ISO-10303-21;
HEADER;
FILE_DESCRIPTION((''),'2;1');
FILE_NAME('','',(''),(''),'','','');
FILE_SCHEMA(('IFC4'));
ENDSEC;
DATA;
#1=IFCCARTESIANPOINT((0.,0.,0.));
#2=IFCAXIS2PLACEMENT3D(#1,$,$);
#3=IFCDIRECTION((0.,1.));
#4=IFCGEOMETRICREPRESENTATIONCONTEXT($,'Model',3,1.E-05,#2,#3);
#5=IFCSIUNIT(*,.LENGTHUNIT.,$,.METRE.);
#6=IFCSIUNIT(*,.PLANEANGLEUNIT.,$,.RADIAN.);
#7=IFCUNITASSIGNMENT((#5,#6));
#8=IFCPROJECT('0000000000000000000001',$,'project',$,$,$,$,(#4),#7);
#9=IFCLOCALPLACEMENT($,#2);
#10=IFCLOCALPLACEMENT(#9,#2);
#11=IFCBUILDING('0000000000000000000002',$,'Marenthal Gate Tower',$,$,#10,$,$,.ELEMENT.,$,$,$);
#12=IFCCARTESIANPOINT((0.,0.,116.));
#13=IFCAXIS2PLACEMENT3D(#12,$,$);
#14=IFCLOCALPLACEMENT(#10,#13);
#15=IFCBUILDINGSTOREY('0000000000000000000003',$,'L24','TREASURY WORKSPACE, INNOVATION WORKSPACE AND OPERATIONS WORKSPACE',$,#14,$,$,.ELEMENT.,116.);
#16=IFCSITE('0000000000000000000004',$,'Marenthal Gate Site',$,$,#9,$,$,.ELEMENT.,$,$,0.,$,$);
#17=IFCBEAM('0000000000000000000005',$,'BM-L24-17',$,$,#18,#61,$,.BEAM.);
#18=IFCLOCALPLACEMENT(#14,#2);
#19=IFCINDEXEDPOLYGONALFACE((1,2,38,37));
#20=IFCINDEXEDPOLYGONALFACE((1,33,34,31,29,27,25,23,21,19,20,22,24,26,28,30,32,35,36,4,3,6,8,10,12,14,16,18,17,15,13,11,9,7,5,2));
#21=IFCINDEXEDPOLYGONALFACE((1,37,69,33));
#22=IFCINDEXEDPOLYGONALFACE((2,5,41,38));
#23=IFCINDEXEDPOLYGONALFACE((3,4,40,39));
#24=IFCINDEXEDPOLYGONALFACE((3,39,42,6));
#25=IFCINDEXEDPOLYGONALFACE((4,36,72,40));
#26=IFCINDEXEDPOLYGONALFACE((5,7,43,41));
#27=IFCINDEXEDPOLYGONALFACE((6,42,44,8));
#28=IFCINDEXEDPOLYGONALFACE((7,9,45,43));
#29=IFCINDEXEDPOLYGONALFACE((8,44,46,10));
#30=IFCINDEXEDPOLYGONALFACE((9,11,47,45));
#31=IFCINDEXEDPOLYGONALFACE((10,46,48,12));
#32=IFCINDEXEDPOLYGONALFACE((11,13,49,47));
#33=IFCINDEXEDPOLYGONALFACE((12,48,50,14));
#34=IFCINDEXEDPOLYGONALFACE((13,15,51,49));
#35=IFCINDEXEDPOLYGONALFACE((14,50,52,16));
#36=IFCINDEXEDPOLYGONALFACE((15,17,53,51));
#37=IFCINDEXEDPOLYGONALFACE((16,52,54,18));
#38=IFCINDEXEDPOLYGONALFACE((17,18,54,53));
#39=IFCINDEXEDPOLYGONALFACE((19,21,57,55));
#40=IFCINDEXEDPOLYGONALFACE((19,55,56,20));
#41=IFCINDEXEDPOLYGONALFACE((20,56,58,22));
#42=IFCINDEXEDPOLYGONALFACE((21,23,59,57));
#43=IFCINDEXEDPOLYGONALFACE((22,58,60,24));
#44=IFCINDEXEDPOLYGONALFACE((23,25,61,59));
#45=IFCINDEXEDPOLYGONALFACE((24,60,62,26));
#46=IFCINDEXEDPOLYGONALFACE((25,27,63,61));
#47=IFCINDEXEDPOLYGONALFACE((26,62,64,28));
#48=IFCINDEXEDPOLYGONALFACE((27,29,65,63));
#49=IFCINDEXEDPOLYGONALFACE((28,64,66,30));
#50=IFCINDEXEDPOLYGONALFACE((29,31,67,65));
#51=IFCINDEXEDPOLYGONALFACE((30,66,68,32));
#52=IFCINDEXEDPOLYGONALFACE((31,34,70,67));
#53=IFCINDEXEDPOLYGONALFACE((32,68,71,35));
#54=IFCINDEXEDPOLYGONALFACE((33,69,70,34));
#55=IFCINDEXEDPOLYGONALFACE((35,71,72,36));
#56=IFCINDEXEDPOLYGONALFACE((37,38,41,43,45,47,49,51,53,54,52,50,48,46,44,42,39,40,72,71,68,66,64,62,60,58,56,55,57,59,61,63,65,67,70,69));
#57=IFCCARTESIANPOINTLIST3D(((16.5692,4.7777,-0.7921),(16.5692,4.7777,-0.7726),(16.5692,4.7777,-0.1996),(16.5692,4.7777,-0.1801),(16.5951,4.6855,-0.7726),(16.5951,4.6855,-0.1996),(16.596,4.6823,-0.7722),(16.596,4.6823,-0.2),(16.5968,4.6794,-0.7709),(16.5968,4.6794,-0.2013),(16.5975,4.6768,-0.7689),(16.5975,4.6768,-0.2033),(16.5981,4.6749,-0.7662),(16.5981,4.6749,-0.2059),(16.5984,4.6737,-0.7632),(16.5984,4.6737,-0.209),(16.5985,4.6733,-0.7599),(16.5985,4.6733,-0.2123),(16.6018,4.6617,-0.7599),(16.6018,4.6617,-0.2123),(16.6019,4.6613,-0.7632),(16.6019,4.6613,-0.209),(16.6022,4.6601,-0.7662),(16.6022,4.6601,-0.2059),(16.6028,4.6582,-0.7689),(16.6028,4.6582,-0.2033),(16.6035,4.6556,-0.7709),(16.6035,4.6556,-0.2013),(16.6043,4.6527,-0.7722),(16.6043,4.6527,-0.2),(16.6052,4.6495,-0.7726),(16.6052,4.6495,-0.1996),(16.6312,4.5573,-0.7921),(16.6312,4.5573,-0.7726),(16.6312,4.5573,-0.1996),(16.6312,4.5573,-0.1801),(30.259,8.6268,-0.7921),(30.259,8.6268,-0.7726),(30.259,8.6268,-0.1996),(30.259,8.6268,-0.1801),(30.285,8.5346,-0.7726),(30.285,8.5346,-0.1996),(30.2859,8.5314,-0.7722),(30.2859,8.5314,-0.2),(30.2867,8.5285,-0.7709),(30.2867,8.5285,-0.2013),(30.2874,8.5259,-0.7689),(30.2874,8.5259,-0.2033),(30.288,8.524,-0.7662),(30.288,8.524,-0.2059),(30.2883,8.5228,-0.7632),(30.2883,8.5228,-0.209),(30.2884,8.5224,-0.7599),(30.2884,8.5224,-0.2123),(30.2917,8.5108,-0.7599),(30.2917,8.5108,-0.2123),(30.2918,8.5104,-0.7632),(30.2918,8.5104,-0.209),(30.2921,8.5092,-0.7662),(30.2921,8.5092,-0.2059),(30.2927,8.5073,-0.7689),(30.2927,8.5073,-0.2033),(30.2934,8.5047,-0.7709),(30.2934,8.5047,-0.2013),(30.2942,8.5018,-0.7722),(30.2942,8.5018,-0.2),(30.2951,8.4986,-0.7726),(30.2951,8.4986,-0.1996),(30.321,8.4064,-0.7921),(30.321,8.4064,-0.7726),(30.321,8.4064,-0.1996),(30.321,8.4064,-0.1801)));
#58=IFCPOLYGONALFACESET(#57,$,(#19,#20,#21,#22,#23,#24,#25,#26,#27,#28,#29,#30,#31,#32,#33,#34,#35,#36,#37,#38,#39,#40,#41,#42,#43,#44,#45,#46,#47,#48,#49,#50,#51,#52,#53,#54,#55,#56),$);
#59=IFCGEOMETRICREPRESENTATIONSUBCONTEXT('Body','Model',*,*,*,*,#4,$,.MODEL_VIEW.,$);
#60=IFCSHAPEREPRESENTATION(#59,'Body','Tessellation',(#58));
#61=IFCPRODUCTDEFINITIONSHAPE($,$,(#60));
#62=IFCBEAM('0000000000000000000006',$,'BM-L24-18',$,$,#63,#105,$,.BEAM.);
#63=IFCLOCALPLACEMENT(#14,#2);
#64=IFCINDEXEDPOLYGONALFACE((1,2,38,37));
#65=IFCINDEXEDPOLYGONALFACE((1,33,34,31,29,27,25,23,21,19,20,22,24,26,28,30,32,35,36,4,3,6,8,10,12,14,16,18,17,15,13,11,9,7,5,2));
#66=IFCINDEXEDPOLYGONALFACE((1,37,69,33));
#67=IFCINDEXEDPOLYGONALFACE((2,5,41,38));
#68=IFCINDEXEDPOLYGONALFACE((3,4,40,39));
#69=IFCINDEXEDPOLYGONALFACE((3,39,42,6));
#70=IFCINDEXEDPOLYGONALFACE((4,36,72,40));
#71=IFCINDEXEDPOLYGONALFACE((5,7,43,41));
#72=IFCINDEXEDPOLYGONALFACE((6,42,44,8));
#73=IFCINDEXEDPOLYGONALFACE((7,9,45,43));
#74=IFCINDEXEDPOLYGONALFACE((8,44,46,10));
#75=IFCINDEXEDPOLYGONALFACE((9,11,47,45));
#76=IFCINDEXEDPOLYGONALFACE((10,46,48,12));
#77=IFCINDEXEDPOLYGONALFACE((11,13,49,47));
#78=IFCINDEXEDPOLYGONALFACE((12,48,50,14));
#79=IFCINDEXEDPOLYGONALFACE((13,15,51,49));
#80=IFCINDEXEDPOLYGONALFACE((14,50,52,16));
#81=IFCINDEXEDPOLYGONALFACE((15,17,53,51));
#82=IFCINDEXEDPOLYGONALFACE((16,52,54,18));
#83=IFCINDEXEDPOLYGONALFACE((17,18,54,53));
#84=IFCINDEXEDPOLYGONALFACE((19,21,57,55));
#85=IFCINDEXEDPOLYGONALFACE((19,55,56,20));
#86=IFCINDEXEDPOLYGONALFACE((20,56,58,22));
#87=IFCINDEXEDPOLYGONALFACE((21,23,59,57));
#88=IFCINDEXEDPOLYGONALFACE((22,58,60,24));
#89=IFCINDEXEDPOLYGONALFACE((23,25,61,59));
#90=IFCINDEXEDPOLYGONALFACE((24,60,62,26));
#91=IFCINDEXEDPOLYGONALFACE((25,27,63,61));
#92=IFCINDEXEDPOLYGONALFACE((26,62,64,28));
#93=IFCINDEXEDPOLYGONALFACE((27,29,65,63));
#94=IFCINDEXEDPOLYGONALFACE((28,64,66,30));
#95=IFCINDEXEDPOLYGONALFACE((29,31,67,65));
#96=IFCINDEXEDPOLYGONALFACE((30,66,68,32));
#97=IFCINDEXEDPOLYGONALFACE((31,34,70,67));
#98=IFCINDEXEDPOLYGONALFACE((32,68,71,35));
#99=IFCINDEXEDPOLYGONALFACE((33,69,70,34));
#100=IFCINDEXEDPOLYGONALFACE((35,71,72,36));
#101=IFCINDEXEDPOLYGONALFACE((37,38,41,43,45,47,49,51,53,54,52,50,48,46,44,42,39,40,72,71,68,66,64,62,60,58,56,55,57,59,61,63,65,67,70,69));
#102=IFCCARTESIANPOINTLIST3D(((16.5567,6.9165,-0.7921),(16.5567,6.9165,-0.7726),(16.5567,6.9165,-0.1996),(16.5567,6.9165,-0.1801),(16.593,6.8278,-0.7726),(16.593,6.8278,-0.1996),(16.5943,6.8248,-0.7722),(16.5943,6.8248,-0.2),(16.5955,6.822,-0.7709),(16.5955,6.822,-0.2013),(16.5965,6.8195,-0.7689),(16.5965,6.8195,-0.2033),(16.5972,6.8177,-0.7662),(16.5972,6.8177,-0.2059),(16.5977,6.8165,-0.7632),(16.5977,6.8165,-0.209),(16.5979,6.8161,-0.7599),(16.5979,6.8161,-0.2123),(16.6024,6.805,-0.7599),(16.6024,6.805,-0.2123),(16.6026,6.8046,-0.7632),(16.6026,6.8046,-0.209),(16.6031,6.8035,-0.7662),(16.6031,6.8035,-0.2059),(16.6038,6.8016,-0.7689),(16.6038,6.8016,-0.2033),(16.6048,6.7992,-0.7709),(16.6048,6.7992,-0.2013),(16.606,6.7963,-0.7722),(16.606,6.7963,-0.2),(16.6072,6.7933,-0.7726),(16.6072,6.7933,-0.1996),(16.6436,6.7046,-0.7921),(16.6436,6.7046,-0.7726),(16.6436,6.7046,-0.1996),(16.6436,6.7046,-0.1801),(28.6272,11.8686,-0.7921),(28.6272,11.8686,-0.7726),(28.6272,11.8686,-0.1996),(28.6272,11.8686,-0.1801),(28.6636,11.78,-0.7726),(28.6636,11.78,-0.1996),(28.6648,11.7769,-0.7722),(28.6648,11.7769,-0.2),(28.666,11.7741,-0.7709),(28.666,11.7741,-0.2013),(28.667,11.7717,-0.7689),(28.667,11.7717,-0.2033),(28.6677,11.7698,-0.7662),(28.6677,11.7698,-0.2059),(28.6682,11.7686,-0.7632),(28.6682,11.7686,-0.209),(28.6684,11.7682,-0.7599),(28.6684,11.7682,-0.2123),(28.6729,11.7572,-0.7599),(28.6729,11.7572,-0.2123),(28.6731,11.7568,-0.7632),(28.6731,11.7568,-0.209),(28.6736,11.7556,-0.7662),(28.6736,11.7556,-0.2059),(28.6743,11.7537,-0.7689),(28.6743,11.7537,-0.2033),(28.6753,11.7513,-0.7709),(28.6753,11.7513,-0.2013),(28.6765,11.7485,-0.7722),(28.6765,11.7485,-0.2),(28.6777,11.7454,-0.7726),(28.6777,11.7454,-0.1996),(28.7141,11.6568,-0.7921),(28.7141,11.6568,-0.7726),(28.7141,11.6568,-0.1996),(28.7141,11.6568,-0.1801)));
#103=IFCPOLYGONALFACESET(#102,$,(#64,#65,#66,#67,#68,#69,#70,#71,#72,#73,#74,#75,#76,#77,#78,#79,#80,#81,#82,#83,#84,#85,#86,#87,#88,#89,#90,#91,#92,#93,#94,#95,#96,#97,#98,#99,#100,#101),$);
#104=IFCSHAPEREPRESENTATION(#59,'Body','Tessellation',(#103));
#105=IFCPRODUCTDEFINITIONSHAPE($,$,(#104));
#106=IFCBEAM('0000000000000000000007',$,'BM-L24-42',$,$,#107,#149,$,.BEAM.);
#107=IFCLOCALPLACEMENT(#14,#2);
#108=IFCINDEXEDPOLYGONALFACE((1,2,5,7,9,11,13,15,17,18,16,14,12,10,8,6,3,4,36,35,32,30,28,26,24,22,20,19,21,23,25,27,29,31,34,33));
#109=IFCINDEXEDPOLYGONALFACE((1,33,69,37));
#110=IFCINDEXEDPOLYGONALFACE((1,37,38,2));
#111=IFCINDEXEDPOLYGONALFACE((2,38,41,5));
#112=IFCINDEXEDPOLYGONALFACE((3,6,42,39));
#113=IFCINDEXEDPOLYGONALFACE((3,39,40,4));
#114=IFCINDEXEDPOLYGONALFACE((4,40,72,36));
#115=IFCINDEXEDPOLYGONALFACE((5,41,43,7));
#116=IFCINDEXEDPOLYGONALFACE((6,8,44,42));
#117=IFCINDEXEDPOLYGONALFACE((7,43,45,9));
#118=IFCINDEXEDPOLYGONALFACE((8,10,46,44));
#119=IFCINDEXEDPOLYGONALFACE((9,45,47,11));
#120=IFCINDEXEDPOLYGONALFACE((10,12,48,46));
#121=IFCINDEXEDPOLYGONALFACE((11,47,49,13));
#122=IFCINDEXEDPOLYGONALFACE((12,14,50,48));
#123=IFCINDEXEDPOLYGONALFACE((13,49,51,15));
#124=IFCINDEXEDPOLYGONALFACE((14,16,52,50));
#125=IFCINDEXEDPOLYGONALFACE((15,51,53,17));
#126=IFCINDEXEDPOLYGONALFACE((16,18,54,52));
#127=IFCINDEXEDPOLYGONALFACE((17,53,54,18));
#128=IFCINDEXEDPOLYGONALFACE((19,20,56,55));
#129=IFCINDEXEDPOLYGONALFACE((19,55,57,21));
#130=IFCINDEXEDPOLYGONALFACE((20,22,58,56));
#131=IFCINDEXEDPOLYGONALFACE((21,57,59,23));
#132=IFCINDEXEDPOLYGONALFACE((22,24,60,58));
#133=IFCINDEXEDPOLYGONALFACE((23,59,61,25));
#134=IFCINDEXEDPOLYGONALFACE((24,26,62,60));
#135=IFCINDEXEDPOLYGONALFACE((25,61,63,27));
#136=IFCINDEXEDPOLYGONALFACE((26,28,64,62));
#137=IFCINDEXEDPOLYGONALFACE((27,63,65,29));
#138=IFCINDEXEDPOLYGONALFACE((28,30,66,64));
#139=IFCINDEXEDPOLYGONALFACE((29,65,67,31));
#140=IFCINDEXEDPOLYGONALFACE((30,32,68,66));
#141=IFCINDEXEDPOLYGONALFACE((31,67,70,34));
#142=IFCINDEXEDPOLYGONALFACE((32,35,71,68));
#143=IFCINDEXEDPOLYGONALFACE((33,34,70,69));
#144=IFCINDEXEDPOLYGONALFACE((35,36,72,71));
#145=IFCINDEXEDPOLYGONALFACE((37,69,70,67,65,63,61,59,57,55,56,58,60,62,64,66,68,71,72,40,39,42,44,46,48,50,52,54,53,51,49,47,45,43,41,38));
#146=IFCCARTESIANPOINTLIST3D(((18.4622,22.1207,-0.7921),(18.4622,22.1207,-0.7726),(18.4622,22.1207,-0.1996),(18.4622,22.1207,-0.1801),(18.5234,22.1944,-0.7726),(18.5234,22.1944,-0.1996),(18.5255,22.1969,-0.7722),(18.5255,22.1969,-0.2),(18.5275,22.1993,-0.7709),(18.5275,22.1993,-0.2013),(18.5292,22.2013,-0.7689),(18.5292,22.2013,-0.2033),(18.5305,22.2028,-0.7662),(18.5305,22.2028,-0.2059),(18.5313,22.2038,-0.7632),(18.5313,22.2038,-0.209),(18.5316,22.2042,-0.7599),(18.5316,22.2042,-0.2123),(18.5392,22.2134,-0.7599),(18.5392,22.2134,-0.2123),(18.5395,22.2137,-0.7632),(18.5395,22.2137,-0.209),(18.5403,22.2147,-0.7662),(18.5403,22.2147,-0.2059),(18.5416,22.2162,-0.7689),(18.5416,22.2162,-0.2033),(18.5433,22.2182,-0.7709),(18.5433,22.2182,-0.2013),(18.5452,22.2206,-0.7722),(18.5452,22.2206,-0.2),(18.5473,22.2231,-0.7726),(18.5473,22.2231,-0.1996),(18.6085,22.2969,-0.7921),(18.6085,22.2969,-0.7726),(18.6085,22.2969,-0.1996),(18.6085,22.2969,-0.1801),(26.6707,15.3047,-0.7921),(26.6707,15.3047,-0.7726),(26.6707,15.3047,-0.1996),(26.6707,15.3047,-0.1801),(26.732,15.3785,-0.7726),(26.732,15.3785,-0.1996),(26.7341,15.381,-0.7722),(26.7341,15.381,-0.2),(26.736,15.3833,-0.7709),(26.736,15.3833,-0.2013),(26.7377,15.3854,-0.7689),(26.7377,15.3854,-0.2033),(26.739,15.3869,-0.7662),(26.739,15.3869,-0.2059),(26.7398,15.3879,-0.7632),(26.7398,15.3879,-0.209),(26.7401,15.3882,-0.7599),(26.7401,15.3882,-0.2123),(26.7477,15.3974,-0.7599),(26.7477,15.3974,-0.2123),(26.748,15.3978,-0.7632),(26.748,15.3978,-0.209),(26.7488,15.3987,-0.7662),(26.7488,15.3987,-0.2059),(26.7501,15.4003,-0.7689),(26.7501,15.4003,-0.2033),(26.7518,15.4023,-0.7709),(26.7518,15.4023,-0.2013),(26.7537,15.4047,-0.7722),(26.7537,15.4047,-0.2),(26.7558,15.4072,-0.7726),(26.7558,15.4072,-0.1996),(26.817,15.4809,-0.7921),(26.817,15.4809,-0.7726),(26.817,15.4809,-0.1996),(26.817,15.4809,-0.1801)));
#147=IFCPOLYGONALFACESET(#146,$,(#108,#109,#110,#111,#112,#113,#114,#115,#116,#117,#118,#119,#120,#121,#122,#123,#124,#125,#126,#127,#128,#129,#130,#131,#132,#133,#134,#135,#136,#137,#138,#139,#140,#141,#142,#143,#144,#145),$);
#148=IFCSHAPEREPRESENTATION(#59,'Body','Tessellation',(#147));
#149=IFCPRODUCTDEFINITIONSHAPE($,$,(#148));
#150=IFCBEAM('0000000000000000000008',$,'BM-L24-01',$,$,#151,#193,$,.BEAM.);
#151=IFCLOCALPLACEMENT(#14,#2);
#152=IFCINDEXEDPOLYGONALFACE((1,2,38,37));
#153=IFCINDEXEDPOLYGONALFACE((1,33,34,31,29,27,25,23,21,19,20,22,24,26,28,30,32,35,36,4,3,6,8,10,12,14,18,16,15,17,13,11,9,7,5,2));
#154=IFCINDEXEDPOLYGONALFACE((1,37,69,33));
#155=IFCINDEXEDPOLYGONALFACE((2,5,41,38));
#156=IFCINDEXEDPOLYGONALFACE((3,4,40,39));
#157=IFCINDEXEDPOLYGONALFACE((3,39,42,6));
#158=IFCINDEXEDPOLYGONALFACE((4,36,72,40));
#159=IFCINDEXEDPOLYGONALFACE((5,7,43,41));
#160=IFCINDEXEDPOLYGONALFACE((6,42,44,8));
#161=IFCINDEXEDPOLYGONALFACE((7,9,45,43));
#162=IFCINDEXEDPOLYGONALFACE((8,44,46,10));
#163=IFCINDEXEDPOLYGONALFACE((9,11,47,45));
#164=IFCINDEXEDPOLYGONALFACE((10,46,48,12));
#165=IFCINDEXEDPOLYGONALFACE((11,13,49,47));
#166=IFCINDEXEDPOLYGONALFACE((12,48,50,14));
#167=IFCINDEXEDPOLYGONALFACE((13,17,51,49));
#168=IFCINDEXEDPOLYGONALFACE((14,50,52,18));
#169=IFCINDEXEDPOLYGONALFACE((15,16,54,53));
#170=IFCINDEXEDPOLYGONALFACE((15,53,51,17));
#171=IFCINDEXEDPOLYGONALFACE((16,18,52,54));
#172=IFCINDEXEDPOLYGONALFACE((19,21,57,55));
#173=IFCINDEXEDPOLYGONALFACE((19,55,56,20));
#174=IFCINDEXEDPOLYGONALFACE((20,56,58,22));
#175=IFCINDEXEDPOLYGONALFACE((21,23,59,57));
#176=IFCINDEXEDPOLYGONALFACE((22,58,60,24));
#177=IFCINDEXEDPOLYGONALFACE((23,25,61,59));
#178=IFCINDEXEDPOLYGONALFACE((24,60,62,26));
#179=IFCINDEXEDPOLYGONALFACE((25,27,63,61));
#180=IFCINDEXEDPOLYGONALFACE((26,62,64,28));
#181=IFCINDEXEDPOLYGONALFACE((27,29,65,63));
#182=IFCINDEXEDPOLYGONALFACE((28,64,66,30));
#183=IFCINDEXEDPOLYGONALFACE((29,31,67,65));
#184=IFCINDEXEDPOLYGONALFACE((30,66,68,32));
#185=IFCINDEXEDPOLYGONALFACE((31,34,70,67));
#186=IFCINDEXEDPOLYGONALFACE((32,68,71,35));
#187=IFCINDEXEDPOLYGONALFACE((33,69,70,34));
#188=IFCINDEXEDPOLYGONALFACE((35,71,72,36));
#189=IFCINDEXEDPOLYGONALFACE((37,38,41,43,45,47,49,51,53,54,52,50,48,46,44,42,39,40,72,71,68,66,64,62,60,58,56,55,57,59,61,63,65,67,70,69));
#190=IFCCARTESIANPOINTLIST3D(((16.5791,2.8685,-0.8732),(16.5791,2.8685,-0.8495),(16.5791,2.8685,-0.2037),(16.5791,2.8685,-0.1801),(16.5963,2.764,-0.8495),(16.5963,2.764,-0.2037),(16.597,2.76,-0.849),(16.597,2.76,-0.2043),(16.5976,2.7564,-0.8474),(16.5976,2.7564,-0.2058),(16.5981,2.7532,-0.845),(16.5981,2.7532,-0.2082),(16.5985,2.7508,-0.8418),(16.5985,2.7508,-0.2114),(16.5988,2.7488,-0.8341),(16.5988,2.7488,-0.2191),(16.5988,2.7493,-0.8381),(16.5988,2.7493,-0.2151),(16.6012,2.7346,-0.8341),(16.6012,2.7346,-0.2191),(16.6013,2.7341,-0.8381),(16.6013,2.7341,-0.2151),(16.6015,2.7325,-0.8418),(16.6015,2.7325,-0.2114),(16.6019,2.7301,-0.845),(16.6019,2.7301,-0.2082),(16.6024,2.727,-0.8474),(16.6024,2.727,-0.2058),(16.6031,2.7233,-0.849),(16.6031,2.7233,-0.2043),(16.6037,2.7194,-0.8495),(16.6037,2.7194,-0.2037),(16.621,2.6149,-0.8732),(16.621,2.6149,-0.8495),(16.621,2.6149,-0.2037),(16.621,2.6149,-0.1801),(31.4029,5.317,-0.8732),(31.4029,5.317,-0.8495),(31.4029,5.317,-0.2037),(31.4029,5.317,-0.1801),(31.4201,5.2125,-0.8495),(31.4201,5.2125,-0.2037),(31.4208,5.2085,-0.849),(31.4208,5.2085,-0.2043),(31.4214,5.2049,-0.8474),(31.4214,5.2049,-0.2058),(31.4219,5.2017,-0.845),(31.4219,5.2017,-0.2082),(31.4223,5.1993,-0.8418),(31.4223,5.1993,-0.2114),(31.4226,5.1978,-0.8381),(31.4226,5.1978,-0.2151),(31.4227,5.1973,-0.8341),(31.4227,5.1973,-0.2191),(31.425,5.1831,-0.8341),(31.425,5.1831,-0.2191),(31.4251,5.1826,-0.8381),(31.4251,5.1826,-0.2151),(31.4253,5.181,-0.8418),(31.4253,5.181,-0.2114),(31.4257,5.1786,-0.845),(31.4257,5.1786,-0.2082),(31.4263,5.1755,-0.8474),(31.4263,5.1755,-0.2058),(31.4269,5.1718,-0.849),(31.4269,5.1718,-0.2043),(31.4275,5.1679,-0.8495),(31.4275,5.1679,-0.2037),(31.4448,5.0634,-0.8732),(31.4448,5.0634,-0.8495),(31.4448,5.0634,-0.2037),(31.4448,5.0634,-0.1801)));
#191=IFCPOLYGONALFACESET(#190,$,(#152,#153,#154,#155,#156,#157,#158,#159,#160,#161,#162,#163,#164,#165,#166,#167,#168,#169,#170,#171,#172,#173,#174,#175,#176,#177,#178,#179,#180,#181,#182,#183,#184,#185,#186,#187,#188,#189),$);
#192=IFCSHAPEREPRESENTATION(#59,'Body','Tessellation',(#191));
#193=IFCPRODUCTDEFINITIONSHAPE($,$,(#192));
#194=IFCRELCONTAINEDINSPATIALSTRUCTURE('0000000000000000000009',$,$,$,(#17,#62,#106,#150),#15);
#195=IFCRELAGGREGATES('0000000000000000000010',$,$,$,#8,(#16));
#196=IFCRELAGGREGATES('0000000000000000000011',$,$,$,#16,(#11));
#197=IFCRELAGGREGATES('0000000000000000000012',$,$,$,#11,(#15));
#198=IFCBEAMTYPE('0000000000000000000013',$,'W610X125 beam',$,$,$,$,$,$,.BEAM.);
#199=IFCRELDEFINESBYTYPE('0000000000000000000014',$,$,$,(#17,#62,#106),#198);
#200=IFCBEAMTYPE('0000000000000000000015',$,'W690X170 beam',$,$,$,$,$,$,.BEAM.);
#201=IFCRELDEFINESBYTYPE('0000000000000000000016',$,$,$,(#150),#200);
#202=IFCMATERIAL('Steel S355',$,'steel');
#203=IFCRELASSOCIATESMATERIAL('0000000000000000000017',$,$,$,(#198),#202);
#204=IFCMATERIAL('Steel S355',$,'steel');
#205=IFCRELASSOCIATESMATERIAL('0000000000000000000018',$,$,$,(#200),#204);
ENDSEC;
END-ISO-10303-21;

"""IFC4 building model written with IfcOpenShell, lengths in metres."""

from ifc_helpers import new_model, si_unit, direction, frame, origin, origin_2d, place, context, subcontext, project, spatial, i_section, extrude, material, material_profile, profile_set, type_object, element, save


model = new_model("IFC4")

# Units and contexts
model_context = context("Model", 3, precision=1e-05, world=origin(), true_north=direction((0.0, 1.0)))
body_context = subcontext(model_context, "Body", "Model", "MODEL_VIEW")
ifc_project = project(units=[si_unit("LENGTHUNIT", "METRE"), si_unit("PLANEANGLEUNIT", "RADIAN")], contexts=[model_context])

# Site, building, storey
site_placement = place(None, origin())
site = spatial("IfcSite", under=ifc_project, at=site_placement, Name="Marenthal Gate Site", CompositionType="ELEMENT", RefElevation=0.0)
building_placement = place(site_placement, origin())
building = spatial("IfcBuilding", under=site, at=building_placement, Name="Marenthal Gate Tower", CompositionType="ELEMENT")
storey_placement = place(building_placement, frame((0.0, 0.0, 116.0)))
storey = spatial("IfcBuildingStorey", under=building, at=storey_placement, Name="L24", Description="TREASURY WORKSPACE, INNOVATION WORKSPACE AND OPERATIONS WORKSPACE", CompositionType="ELEMENT", Elevation=116.0)

# Beams
ifc_material_1 = material(Name="Steel S355", Category="steel")
ifc_material_profile_1 = material_profile(ifc_material_1, i_section(OverallWidth=0.229, OverallDepth=0.6121, WebThickness=0.012, FlangeThickness=0.0195, FilletRadius=0.0127, at=origin_2d()), Name="W610X125")
ifc_profile_set_1 = profile_set([ifc_material_profile_1], Name="Steel S355")
beam_type_1 = type_object("IfcBeamType", Name="W610X125 beam", PredefinedType="BEAM", material=ifc_profile_set_1)
beam_1_placement = place(storey_placement, frame((30.29, 8.5166, -0.4861), z_axis=(-0.962672, -0.270669, 0.0), x_axis=(0.270669, -0.962672, 0.0)))
element("IfcBeam", 1, at=beam_1_placement, inside=storey, type_object=beam_type_1, Name="BM-L24-17", PredefinedType="BEAM", context=body_context, shape_type="SweptSolid", body=[
    extrude(i_section(OverallWidth=0.229, OverallDepth=0.6121, WebThickness=0.012, FlangeThickness=0.0195, FilletRadius=0.0127, at=origin_2d()), origin(), (0.0, 0.0, 1.0), 14.2207),
])
beam_2_placement = place(storey_placement, frame((28.6707, 11.7627, -0.4861), z_axis=(-0.925165, -0.379565, 0.0), x_axis=(0.379565, -0.925165, 0.0)))
element("IfcBeam", 2, at=beam_2_placement, inside=storey, type_object=beam_type_1, Name="BM-L24-18", PredefinedType="BEAM", context=body_context, shape_type="SweptSolid", body=[
    extrude(i_section(OverallWidth=0.229, OverallDepth=0.6121, WebThickness=0.012, FlangeThickness=0.0195, FilletRadius=0.0127, at=origin_2d()), origin(), (0.0, 0.0, 1.0), 13.0469),
])
beam_3_placement = place(storey_placement, frame((26.7439, 15.3928, -0.4861), z_axis=(-0.769349, 0.638828, 0.0), x_axis=(-0.638828, -0.769349, 0.0)))
element("IfcBeam", 3, at=beam_3_placement, inside=storey, type_object=beam_type_1, Name="BM-L24-42", PredefinedType="BEAM", context=body_context, shape_type="SweptSolid", body=[
    extrude(i_section(OverallWidth=0.229, OverallDepth=0.6121, WebThickness=0.012, FlangeThickness=0.0195, FilletRadius=0.0127, at=origin_2d()), origin(), (0.0, 0.0, 1.0), 10.6694),
])
ifc_material_2 = material(Name="Steel S355", Category="steel")
ifc_material_profile_2 = material_profile(ifc_material_2, i_section(OverallWidth=0.2571, OverallDepth=0.6931, WebThickness=0.0144, FlangeThickness=0.0237, FilletRadius=0.0154, at=origin_2d()), Name="W690X170")
ifc_profile_set_2 = profile_set([ifc_material_profile_2], Name="Steel S355")
beam_type_2 = type_object("IfcBeamType", Name="W690X170 beam", PredefinedType="BEAM", material=ifc_profile_set_2)
beam_4_placement = place(storey_placement, frame((31.4238, 5.1902, -0.5266), z_axis=(-0.986632, -0.162965, 0.0), x_axis=(0.162965, -0.986632, 0.0)))
element("IfcBeam", 4, at=beam_4_placement, inside=storey, type_object=beam_type_2, Name="BM-L24-01", PredefinedType="BEAM", context=body_context, shape_type="SweptSolid", body=[
    extrude(i_section(OverallWidth=0.2571, OverallDepth=0.6931, WebThickness=0.0144, FlangeThickness=0.0237, FilletRadius=0.0154, at=origin_2d()), origin(), (0.0, 0.0, 1.0), 15.0247),
])

save(model, "model.ifc")
